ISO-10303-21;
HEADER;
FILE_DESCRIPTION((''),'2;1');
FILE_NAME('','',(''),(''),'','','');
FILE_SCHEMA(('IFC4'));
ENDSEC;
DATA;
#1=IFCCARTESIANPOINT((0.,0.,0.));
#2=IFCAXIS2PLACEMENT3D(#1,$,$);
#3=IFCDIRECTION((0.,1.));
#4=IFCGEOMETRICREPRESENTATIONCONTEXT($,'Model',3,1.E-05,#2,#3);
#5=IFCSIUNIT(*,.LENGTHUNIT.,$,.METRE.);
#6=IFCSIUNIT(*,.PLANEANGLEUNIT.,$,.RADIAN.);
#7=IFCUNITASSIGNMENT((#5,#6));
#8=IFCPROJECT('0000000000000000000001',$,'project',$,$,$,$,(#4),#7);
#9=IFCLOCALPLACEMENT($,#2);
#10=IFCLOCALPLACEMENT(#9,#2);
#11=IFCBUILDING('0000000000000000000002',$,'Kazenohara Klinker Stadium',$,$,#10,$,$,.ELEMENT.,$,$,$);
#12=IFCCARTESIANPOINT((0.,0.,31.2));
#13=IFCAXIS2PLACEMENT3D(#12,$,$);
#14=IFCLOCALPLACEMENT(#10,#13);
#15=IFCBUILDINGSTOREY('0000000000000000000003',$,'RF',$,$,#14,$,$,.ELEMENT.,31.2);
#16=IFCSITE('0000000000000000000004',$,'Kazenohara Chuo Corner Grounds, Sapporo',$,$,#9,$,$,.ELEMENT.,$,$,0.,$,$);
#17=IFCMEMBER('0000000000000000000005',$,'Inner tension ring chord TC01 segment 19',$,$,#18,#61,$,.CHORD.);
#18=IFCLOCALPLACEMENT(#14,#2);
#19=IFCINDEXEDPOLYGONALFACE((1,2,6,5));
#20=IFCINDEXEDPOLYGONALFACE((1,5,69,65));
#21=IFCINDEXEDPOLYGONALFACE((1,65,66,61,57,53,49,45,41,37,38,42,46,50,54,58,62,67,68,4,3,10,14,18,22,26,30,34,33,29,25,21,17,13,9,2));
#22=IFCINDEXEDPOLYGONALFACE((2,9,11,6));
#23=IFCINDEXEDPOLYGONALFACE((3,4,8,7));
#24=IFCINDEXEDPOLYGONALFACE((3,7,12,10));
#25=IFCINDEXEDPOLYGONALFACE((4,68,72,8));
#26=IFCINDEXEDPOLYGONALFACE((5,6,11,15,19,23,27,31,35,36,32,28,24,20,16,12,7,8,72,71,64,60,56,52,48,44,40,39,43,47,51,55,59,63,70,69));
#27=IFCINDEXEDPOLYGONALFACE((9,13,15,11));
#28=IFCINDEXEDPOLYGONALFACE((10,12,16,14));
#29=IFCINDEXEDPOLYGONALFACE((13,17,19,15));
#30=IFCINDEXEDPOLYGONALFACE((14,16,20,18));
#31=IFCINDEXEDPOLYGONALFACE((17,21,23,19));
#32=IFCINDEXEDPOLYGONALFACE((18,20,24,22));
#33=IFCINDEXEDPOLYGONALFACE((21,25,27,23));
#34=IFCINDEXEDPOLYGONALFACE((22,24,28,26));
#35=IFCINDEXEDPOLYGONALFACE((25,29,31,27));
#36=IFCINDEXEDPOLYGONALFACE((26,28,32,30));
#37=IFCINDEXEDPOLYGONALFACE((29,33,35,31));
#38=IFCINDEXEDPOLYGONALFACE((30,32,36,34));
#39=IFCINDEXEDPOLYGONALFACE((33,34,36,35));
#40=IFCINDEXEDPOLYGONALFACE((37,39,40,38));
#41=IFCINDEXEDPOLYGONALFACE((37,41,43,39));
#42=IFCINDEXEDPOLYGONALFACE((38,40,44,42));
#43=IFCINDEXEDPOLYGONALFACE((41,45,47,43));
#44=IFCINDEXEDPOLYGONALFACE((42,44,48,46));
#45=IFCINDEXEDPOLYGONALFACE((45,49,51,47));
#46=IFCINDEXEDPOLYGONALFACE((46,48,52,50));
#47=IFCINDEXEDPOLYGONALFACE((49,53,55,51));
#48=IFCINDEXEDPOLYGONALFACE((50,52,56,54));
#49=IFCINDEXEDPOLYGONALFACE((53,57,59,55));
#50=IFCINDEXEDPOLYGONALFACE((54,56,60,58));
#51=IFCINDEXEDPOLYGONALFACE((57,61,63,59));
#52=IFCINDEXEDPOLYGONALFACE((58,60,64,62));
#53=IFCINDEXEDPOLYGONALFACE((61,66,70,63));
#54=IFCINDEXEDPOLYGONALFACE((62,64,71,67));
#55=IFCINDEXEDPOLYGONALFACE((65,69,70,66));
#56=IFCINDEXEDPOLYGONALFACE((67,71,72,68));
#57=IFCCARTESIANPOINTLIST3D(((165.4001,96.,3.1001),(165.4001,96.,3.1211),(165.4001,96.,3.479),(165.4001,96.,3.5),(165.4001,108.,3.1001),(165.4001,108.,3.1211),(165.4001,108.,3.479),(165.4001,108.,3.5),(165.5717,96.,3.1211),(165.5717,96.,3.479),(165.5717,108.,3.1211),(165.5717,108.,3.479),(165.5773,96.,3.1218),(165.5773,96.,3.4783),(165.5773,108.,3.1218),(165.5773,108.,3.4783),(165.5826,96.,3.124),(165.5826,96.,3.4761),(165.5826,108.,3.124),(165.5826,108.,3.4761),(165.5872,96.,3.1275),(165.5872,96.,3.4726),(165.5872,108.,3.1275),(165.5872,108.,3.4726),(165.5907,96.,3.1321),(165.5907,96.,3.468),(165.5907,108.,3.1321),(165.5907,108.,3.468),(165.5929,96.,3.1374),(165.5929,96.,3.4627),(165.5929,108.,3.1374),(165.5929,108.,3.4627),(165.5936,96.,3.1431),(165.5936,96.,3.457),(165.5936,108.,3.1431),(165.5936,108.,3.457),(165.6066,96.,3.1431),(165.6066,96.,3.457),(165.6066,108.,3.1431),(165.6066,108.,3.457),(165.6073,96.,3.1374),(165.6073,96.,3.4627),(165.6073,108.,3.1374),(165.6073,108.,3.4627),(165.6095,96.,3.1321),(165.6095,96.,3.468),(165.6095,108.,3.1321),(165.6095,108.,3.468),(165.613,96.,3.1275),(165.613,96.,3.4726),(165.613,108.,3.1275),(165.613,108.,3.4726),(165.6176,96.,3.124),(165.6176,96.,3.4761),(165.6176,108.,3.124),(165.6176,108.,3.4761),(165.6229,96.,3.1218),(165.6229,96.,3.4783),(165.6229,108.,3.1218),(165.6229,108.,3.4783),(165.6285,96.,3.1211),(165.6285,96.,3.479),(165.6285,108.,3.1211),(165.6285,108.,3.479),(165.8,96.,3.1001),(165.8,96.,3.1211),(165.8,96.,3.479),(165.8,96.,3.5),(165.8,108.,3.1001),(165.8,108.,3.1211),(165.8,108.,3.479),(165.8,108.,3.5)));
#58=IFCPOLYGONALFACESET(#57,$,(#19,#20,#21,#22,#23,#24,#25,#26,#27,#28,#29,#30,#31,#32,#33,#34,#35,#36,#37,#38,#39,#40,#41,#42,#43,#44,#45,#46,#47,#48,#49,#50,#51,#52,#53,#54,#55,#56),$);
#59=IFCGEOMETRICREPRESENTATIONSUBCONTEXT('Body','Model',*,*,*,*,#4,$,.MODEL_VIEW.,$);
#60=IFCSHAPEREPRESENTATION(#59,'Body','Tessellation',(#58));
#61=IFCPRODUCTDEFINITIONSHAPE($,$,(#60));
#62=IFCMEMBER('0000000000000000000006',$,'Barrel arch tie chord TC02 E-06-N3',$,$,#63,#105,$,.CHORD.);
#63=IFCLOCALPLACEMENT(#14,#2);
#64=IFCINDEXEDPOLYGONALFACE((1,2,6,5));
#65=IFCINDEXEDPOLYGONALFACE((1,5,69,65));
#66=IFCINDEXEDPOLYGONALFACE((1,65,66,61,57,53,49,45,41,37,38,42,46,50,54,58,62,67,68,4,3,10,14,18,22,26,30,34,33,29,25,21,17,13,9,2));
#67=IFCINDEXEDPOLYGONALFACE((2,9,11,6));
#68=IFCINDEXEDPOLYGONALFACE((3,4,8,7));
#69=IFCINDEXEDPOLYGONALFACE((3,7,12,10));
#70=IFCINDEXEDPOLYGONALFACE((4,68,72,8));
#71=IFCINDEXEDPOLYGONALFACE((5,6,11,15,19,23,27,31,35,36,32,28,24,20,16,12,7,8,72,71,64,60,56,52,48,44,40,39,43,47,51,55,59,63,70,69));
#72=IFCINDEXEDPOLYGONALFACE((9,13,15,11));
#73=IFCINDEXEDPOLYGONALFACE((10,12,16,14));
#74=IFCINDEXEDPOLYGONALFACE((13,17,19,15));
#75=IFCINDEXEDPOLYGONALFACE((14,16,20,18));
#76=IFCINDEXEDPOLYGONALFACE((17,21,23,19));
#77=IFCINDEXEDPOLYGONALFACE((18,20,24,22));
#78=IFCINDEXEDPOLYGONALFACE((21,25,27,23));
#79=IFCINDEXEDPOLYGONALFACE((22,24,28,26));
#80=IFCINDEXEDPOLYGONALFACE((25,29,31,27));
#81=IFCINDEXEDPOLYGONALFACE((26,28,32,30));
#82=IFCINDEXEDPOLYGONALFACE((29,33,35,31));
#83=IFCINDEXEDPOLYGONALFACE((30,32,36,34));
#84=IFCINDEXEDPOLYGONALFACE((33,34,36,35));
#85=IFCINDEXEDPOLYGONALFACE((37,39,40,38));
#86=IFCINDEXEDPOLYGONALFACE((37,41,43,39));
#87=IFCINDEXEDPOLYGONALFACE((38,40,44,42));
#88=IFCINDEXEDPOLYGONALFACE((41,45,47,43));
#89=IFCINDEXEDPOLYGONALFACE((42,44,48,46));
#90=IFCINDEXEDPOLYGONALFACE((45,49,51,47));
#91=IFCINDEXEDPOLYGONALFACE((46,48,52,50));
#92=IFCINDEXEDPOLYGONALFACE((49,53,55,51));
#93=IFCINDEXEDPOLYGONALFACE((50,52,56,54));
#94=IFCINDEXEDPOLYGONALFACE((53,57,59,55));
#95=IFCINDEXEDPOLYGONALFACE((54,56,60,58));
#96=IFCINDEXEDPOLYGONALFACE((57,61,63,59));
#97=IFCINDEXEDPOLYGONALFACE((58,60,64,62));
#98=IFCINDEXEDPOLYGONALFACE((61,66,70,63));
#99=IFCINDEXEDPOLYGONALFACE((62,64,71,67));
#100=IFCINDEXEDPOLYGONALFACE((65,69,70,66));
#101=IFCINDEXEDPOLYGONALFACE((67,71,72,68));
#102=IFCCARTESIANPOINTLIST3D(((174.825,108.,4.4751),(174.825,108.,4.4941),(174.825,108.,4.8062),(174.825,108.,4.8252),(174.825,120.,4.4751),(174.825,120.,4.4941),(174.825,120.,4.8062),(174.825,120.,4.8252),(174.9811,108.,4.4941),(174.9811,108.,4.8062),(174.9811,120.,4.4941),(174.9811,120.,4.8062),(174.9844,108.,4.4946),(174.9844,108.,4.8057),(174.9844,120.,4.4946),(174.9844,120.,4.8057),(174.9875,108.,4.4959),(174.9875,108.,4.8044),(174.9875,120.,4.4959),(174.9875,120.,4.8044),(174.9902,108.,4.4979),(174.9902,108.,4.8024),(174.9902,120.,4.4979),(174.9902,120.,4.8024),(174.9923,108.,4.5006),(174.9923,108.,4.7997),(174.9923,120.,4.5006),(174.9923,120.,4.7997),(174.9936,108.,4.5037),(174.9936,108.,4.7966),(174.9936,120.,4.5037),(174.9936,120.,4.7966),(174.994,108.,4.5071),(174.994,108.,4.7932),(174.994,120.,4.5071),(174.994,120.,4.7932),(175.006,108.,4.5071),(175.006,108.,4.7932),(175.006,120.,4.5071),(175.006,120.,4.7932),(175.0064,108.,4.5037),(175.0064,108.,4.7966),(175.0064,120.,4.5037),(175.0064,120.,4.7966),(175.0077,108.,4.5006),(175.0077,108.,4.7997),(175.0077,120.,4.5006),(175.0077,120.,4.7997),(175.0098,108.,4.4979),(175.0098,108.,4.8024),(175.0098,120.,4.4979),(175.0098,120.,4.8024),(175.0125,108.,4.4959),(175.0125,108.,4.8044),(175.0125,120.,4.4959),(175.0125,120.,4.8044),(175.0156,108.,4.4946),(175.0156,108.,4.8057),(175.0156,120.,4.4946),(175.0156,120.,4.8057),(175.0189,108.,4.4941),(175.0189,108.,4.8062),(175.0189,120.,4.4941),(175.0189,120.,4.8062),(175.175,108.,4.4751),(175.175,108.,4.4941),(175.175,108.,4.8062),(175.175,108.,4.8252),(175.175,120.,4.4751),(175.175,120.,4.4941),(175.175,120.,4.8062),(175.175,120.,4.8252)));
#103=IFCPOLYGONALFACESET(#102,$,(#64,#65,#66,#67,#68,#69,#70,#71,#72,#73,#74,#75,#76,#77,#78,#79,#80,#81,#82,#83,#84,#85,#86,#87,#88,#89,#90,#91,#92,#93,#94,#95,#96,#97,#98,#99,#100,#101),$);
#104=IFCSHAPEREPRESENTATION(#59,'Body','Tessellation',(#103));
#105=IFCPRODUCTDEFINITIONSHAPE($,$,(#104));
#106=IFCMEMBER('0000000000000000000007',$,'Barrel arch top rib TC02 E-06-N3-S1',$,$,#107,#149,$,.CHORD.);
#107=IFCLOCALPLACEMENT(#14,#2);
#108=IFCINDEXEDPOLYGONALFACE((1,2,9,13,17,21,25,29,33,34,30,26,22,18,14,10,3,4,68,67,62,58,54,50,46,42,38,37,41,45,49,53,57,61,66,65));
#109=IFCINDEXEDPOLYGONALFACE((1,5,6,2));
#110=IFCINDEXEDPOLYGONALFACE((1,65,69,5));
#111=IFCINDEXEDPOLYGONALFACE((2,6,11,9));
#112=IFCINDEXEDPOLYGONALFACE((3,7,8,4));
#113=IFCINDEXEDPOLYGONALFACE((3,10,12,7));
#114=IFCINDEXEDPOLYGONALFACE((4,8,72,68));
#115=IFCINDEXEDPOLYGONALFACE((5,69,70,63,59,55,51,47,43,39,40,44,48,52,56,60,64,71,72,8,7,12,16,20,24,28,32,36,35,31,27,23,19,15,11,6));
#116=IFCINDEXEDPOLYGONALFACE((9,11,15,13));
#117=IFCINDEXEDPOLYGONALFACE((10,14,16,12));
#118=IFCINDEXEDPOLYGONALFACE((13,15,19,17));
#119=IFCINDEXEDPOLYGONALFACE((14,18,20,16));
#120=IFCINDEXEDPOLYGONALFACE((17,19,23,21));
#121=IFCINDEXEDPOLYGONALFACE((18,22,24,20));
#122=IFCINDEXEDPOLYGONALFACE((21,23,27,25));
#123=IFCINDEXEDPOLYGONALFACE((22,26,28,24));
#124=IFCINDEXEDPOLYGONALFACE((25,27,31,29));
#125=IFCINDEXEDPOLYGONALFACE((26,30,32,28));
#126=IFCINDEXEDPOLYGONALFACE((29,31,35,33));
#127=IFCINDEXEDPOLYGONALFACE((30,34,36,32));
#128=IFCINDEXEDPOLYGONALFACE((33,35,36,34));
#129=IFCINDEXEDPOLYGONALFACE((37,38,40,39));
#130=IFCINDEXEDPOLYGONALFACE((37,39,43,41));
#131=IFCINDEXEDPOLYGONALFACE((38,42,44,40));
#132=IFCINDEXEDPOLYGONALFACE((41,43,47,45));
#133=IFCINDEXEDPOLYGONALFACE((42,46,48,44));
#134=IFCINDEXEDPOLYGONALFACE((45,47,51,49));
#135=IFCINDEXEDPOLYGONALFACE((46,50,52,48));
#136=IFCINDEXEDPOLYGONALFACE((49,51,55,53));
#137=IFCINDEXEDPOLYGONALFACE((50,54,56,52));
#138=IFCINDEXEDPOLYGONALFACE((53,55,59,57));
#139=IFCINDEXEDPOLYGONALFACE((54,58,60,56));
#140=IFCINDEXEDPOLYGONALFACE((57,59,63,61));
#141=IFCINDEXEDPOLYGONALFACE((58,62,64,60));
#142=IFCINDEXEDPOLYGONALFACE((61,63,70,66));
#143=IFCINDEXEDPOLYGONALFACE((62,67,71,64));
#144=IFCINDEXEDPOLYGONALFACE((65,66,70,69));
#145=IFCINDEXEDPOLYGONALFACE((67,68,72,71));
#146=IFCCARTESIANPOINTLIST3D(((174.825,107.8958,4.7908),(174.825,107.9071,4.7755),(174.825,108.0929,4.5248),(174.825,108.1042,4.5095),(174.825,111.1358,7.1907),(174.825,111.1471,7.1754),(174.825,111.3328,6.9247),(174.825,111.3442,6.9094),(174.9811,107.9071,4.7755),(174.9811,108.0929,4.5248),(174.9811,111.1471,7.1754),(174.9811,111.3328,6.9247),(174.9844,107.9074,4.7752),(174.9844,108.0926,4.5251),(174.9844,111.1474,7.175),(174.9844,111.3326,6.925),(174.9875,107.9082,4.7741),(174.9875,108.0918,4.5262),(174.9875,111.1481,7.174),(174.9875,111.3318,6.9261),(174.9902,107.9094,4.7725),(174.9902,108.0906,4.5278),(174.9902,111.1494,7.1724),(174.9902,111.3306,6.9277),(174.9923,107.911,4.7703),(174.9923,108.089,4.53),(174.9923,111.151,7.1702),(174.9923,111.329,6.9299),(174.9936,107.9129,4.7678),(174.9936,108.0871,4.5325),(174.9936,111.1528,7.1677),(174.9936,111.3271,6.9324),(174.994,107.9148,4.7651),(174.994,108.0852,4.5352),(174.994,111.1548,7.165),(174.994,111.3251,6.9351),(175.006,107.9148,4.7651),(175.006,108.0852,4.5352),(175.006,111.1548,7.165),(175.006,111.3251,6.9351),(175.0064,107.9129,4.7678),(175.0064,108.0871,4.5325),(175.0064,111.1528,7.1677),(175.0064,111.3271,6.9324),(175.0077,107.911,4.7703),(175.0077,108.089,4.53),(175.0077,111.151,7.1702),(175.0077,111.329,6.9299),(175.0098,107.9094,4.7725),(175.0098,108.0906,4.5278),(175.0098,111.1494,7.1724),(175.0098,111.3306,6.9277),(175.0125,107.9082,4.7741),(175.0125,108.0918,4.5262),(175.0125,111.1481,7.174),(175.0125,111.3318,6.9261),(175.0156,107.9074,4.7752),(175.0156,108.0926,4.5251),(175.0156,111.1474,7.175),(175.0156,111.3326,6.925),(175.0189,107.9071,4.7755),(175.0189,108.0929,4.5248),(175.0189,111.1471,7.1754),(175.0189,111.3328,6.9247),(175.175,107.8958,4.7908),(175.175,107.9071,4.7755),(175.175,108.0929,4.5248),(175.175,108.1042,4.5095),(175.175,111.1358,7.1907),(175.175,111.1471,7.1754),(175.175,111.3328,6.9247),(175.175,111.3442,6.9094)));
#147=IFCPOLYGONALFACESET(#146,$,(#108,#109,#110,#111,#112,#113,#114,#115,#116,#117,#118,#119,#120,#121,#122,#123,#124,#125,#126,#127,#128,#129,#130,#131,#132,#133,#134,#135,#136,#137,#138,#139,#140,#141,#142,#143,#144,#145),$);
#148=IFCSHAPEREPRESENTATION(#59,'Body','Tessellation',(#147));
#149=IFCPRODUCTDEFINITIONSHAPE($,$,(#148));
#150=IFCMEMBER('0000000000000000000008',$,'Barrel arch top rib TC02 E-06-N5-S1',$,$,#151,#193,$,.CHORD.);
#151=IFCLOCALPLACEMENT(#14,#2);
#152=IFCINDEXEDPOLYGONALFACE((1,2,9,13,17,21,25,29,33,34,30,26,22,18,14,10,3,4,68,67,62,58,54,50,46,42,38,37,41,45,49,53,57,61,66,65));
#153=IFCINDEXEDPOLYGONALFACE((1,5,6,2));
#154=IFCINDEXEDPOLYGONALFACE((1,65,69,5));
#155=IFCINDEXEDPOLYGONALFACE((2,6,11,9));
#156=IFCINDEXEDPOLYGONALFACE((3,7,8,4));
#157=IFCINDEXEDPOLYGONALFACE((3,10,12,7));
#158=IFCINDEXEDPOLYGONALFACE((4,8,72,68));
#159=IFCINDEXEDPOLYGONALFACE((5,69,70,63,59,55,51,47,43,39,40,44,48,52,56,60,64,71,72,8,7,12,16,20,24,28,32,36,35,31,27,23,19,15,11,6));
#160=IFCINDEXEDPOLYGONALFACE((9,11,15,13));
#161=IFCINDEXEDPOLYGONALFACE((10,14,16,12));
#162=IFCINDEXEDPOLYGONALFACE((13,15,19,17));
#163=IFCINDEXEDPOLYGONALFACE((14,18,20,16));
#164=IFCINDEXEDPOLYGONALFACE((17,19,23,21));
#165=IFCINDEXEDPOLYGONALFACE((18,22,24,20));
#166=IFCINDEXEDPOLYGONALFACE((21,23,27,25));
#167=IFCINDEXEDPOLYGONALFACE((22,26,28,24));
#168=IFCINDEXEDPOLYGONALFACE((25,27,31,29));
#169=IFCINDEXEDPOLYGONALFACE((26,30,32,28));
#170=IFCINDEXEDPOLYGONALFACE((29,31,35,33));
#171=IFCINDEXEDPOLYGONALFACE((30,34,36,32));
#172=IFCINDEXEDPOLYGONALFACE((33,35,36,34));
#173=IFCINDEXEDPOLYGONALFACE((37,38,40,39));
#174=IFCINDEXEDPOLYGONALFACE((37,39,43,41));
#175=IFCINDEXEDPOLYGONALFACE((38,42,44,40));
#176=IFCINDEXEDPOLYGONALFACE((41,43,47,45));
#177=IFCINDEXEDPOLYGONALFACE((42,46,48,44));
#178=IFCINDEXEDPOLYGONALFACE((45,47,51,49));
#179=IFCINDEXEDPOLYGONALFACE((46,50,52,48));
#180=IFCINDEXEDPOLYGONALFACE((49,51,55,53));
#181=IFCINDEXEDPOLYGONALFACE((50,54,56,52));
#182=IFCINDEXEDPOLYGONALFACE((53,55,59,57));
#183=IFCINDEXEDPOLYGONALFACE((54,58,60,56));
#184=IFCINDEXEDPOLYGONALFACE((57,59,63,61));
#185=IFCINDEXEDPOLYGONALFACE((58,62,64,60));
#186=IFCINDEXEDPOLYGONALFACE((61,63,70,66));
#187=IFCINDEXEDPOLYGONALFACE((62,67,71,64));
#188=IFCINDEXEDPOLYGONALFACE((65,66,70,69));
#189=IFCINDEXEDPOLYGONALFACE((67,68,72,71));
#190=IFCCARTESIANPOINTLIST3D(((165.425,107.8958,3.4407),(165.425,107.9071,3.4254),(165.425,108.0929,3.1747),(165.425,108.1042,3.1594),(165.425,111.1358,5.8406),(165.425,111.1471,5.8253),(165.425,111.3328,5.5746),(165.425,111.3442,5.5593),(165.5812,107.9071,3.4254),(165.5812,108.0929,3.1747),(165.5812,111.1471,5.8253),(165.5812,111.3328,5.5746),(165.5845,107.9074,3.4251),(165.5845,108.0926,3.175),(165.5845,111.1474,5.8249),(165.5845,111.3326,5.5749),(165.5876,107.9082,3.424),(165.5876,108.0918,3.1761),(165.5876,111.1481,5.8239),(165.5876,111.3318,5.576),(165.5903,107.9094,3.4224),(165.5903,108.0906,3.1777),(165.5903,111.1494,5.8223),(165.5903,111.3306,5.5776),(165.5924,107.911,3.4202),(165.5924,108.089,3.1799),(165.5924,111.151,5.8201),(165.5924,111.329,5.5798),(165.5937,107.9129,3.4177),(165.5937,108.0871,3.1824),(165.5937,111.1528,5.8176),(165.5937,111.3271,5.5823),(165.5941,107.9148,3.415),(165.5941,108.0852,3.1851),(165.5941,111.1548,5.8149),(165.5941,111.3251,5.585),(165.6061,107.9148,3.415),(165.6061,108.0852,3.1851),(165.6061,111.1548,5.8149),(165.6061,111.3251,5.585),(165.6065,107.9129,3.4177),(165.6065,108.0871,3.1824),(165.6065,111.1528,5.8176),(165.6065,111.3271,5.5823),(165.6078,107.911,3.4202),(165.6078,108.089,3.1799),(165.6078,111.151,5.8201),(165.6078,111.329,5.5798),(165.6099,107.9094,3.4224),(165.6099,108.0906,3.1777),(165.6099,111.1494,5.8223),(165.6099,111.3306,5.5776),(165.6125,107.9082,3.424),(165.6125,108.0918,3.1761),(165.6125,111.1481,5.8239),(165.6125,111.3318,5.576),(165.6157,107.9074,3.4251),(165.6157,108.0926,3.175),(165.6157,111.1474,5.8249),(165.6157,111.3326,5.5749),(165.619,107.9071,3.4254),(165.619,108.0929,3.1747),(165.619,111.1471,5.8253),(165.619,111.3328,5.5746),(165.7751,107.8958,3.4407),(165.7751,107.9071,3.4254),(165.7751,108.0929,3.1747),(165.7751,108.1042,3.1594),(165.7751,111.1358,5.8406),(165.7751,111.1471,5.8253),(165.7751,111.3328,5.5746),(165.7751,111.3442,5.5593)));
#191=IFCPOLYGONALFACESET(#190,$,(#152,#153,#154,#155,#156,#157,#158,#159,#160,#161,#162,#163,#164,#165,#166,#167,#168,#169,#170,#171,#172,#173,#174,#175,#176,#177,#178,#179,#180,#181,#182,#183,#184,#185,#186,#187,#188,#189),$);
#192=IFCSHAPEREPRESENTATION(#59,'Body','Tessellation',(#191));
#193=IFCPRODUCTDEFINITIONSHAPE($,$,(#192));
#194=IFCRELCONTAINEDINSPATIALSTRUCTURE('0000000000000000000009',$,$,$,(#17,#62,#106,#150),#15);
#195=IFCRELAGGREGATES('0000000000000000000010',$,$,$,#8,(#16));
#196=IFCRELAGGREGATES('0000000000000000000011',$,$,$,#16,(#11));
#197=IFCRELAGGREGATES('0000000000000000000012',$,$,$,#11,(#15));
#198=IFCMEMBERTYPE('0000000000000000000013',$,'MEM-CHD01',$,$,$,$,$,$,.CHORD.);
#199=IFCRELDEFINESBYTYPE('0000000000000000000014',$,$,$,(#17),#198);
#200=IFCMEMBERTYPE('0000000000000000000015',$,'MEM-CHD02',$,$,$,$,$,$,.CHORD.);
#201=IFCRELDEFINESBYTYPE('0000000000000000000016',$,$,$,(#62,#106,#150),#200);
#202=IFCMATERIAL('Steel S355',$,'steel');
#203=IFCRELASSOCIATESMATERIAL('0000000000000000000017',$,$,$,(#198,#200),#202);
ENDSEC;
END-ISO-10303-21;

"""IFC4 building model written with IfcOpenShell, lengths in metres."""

from ifc_helpers import new_model, si_unit, direction, frame, origin, origin_2d, place, context, subcontext, project, spatial, i_section, extrude, material, material_profile, profile_set, type_object, element, save


model = new_model("IFC4")

# Units and contexts
model_context = context("Model", 3, precision=1e-05, world=origin(), true_north=direction((0.0, 1.0)))
body_context = subcontext(model_context, "Body", "Model", "MODEL_VIEW")
ifc_project = project(units=[si_unit("LENGTHUNIT", "METRE"), si_unit("PLANEANGLEUNIT", "RADIAN")], contexts=[model_context])

# Site, building, storey
site_placement = place(None, origin())
site = spatial("IfcSite", under=ifc_project, at=site_placement, Name="Kazenohara Chuo Corner Grounds, Sapporo", CompositionType="ELEMENT", RefElevation=0.0)
building_placement = place(site_placement, origin())
building = spatial("IfcBuilding", under=site, at=building_placement, Name="Kazenohara Klinker Stadium", CompositionType="ELEMENT")
storey_placement = place(building_placement, frame((0.0, 0.0, 31.2)))
storey = spatial("IfcBuildingStorey", under=building, at=storey_placement, Name="RF", CompositionType="ELEMENT", Elevation=31.2)

# Members
ifc_material_1 = material(Name="Steel S355", Category="steel")
ifc_material_profile_1 = material_profile(ifc_material_1, i_section(OverallWidth=0.3999, OverallDepth=0.3999, WebThickness=0.0129, FlangeThickness=0.021, FilletRadius=0.022, at=origin_2d()), Name="H-400x400x13x21")
ifc_profile_set_1 = profile_set([ifc_material_profile_1], Name="Steel S355")
member_type_1 = type_object("IfcMemberType", Name="MEM-CHD01", PredefinedType="CHORD", material=ifc_profile_set_1)
member_1_placement = place(storey_placement, frame((165.6001, 108.0, 3.3), z_axis=(0.0, -1.0, 0.0), x_axis=(1.0, 0.0, 0.0)))
element("IfcMember", 1, at=member_1_placement, inside=storey, type_object=member_type_1, Name="Inner tension ring chord TC01 segment 19", PredefinedType="CHORD", context=body_context, shape_type="SweptSolid", body=[
    extrude(i_section(OverallWidth=0.3999, OverallDepth=0.3999, WebThickness=0.0129, FlangeThickness=0.021, FilletRadius=0.022, at=origin_2d()), origin(), (0.0, 0.0, 1.0), 12.0),
])
ifc_material_profile_2 = material_profile(ifc_material_1, i_section(OverallWidth=0.3501, OverallDepth=0.3501, WebThickness=0.012, FlangeThickness=0.019, FilletRadius=0.0129, at=origin_2d()), Name="H-350x350x12x19")
ifc_profile_set_2 = profile_set([ifc_material_profile_2], Name="Steel S355")
member_type_2 = type_object("IfcMemberType", Name="MEM-CHD02", PredefinedType="CHORD", material=ifc_profile_set_2)
member_2_placement = place(storey_placement, frame((175.0, 108.0, 4.6501), z_axis=(0.0, 1.0, 0.0), x_axis=(-1.0, 0.0, 0.0)))
element("IfcMember", 2, at=member_2_placement, inside=storey, type_object=member_type_2, Name="Barrel arch tie chord TC02 E-06-N3", PredefinedType="CHORD", context=body_context, shape_type="SweptSolid", body=[
    extrude(i_section(OverallWidth=0.3501, OverallDepth=0.3501, WebThickness=0.012, FlangeThickness=0.019, FilletRadius=0.0129, at=origin_2d()), origin(), (0.0, 0.0, 1.0), 12.0),
])
for number, where, z_axis, x_axis, name in (
    (3, (175.0, 108.0, 4.6501), (0.0, 0.803568, 0.595213), (-1.0, 0.0, 0.0), "Barrel arch top rib TC02 E-06-N3-S1"),
    (4, (165.6001, 108.0, 3.3), (0.0, 0.803568, 0.595213), (-1.0, 0.0, 0.0), "Barrel arch top rib TC02 E-06-N5-S1"),
):
    element("IfcMember", number, at=place(storey_placement, frame(where, z_axis=z_axis, x_axis=x_axis)), inside=storey, type_object=member_type_2, Name=name, PredefinedType="CHORD", context=body_context, shape_type="SweptSolid", body=[
        extrude(i_section(OverallWidth=0.3501, OverallDepth=0.3501, WebThickness=0.012, FlangeThickness=0.019, FilletRadius=0.0129, at=origin_2d()), origin(), (0.0, 0.0, 1.0), 4.032),
    ])

save(model, "model.ifc")
